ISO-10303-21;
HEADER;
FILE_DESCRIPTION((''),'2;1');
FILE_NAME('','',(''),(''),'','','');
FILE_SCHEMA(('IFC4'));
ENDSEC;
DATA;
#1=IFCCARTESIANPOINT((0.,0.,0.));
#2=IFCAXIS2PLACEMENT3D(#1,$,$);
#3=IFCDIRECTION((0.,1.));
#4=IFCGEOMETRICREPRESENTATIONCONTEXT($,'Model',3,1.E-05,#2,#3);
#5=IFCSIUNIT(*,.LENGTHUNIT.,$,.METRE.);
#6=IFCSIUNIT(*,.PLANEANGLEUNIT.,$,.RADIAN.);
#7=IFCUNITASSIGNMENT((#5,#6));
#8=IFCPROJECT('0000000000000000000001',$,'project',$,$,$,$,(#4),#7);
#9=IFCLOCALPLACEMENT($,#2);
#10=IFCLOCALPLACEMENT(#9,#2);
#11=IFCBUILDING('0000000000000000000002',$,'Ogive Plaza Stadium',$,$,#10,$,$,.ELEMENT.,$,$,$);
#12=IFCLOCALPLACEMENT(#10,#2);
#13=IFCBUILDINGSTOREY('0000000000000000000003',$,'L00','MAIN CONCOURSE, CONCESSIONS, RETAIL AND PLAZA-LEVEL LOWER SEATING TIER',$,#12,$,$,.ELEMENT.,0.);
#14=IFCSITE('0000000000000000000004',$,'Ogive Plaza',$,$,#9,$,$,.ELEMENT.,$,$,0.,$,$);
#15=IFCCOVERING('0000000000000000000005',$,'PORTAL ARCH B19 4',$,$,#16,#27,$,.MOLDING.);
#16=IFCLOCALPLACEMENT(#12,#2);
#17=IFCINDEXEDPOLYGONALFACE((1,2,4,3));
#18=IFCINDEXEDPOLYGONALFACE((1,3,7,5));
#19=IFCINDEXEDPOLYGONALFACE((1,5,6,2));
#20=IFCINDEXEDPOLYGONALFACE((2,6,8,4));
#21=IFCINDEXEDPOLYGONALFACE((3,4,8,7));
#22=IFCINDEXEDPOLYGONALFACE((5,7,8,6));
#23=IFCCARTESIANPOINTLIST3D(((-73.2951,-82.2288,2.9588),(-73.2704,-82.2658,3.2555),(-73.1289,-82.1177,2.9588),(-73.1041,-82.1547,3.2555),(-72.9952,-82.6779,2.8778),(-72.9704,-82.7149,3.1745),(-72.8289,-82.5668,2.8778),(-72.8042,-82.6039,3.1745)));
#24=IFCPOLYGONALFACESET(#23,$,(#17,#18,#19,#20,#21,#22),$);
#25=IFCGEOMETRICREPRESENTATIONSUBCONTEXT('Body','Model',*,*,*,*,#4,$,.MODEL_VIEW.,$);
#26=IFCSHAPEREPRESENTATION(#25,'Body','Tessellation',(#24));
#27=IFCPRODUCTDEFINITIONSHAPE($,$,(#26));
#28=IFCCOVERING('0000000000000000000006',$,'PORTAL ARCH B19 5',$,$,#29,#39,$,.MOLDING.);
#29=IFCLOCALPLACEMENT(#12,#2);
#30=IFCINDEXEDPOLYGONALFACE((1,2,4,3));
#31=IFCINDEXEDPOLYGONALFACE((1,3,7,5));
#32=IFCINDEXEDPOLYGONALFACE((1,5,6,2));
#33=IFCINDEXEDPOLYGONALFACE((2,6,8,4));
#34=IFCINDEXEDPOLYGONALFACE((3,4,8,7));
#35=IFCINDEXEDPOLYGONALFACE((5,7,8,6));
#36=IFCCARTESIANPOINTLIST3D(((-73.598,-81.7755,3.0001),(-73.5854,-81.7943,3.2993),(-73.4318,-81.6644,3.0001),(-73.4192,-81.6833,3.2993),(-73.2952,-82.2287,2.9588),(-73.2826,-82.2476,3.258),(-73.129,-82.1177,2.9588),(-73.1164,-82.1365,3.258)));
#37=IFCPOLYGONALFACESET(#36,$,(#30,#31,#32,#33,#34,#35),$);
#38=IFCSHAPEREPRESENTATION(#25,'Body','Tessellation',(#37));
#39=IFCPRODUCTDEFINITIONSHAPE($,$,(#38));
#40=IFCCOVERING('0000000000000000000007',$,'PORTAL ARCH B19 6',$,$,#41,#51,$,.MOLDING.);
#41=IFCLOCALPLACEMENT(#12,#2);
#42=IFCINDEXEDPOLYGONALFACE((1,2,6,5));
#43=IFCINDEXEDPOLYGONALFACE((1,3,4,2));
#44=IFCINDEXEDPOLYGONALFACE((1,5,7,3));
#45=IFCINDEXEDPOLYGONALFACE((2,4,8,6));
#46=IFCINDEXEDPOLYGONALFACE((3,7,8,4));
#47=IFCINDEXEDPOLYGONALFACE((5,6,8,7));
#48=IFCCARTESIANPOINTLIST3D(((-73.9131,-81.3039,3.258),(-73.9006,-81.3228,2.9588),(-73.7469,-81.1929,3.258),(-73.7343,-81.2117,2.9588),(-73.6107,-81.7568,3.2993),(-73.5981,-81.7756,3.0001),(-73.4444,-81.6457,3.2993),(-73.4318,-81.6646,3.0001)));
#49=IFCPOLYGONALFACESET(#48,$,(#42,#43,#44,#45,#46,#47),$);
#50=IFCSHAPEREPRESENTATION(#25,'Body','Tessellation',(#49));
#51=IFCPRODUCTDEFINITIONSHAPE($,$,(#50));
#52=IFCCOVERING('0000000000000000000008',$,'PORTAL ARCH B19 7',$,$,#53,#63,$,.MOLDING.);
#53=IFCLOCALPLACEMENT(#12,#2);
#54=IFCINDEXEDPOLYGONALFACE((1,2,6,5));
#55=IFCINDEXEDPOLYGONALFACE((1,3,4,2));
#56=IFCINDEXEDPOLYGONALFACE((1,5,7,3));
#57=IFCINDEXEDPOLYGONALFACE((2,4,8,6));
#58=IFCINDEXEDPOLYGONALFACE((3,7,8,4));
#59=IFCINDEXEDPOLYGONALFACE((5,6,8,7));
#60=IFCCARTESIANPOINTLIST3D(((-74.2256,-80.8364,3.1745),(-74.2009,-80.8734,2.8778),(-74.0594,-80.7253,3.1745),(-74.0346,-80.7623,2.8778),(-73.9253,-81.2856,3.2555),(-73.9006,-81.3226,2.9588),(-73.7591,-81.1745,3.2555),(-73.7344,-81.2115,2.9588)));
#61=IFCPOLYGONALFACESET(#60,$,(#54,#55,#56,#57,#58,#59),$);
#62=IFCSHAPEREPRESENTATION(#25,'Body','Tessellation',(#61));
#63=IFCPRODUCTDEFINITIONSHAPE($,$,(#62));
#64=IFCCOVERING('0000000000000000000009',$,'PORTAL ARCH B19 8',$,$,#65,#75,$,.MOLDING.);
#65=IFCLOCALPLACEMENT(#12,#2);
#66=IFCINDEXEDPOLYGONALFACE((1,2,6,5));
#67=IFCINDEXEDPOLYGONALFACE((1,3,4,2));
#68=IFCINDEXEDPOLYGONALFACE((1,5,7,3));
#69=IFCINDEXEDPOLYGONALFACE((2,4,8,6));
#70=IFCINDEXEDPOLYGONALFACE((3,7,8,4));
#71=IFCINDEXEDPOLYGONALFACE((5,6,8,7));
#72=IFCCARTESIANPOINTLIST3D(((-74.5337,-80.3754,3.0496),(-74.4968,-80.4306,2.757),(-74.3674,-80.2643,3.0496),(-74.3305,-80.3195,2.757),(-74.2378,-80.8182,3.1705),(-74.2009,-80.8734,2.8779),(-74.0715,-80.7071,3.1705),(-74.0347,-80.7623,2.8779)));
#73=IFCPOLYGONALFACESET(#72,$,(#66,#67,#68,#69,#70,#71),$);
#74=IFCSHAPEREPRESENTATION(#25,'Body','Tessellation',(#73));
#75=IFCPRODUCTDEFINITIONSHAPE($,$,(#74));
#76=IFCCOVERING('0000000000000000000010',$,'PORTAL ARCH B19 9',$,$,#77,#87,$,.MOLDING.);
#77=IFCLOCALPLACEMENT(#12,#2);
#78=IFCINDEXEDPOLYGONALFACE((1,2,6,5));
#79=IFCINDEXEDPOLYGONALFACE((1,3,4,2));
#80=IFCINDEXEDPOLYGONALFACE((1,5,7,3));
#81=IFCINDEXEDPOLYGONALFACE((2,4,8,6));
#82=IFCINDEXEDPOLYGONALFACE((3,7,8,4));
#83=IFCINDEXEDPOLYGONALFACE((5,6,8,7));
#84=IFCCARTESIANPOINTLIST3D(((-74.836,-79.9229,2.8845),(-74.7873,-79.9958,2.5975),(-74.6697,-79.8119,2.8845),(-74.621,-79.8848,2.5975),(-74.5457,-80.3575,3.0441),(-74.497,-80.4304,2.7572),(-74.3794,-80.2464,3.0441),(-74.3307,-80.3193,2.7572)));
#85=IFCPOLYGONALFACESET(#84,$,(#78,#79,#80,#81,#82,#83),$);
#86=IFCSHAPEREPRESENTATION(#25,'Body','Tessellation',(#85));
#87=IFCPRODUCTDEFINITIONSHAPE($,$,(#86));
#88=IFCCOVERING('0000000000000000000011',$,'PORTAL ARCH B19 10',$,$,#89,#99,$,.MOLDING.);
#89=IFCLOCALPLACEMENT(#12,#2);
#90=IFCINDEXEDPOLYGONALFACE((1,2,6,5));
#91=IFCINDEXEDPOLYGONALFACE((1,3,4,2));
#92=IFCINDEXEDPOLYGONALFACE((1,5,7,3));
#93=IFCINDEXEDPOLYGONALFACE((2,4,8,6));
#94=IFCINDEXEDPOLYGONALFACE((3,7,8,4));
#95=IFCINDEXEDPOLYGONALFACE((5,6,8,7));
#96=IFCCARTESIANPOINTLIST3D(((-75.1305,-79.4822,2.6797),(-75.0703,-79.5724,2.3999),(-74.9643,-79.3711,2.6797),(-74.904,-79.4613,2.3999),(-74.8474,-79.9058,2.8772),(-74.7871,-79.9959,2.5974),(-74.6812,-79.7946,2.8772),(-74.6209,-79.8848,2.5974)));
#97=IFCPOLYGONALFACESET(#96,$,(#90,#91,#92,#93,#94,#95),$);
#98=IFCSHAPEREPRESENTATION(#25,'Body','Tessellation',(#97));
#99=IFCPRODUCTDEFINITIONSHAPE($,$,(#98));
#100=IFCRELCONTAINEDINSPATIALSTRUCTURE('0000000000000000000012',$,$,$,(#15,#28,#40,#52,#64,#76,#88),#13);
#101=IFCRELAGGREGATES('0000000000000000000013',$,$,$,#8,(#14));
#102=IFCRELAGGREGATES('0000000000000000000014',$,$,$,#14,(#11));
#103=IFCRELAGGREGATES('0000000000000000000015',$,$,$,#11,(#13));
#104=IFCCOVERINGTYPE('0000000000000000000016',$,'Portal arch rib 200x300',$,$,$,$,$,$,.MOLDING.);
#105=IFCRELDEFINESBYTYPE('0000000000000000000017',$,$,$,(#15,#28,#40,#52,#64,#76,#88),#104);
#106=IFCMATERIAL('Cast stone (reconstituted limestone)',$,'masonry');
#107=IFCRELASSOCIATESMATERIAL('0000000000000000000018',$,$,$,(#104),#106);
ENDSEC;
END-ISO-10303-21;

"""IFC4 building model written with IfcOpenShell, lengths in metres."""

from ifc_helpers import new_model, si_unit, direction, frame, origin, origin_2d, place, context, subcontext, project, spatial, rectangle, extrude, material, material_profile, profile_set, type_object, element, save


model = new_model("IFC4")

# Units and contexts
model_context = context("Model", 3, precision=1e-05, world=origin(), true_north=direction((0.0, 1.0)))
body_context = subcontext(model_context, "Body", "Model", "MODEL_VIEW")
ifc_project = project(units=[si_unit("LENGTHUNIT", "METRE"), si_unit("PLANEANGLEUNIT", "RADIAN")], contexts=[model_context])

# Site, building, storey
site_placement = place(None, origin())
site = spatial("IfcSite", under=ifc_project, at=site_placement, Name="Ogive Plaza", CompositionType="ELEMENT", RefElevation=0.0)
building_placement = place(site_placement, origin())
building = spatial("IfcBuilding", under=site, at=building_placement, Name="Ogive Plaza Stadium", CompositionType="ELEMENT")
storey_placement = place(building_placement, origin())
storey = spatial("IfcBuildingStorey", under=building, at=storey_placement, Name="L00", Description="MAIN CONCOURSE, CONCESSIONS, RETAIL AND PLAZA-LEVEL LOWER SEATING TIER", CompositionType="ELEMENT", Elevation=0.0)

# Coverings
ifc_material_1 = material(Name="Cast stone (reconstituted limestone)", Category="masonry")
ifc_material_profile_1 = material_profile(ifc_material_1, rectangle(XDim=0.2, YDim=0.3, at=origin_2d()), Name="Cast stone 200x300")
ifc_profile_set_1 = profile_set([ifc_material_profile_1], Name="Cast stone (reconstituted limestone)")
covering_type = type_object("IfcCoveringType", Name="Portal arch rib 200x300", PredefinedType="MOLDING", material=ifc_profile_set_1)
covering_1_placement = place(storey_placement, frame((-72.8997, -82.6409, 3.0261), z_axis=(-0.549281, 0.822358, 0.148382), x_axis=(-0.831563, -0.55543, 0.0)))
element("IfcCovering", 1, at=covering_1_placement, inside=storey, type_object=covering_type, Name="PORTAL ARCH B19 4", PredefinedType="MOLDING", context=body_context, shape_type="SweptSolid", body=[
    extrude(rectangle(XDim=0.2, YDim=0.3, at=origin_2d()), origin(), (0.0, 0.0, 1.0), 0.5461),
])
covering_2_placement = place(storey_placement, frame((-73.2058, -82.1826, 3.1084), z_axis=(-0.553942, 0.829125, 0.075497), x_axis=(-0.831498, -0.555527, 0.0)))
element("IfcCovering", 2, at=covering_2_placement, inside=storey, type_object=covering_type, Name="PORTAL ARCH B19 5", PredefinedType="MOLDING", context=body_context, shape_type="SweptSolid", body=[
    extrude(rectangle(XDim=0.2, YDim=0.3, at=origin_2d()), origin(), (0.0, 0.0, 1.0), 0.5466),
])
covering_3_placement = place(storey_placement, frame((-73.5212, -81.7107, 3.1497), z_axis=(-0.553837, 0.829191, -0.075544), x_axis=(-0.831567, -0.555424, 0.0)))
element("IfcCovering", 3, at=covering_3_placement, inside=storey, type_object=covering_type, Name="PORTAL ARCH B19 6", PredefinedType="MOLDING", context=body_context, shape_type="SweptSolid", body=[
    extrude(rectangle(XDim=0.2, YDim=0.3, at=origin_2d()), origin(), (0.0, 0.0, 1.0), 0.5461),
])
covering_4_placement = place(storey_placement, frame((-73.8298, -81.2485, 3.1072), z_axis=(-0.549593, 0.822156, -0.148346), x_axis=(-0.831355, -0.555742, 0.0)))
element("IfcCovering", 4, at=covering_4_placement, inside=storey, type_object=covering_type, Name="PORTAL ARCH B19 7", PredefinedType="MOLDING", context=body_context, shape_type="SweptSolid", body=[
    extrude(rectangle(XDim=0.2, YDim=0.3, at=origin_2d()), origin(), (0.0, 0.0, 1.0), 0.5464),
])
covering_5_placement = place(storey_placement, frame((-74.1362, -80.7903, 3.0242), z_axis=(-0.541776, 0.810875, -0.22127), x_axis=(-0.831486, -0.555546, 0.0)))
element("IfcCovering", 5, at=covering_5_placement, inside=storey, type_object=covering_type, Name="PORTAL ARCH B19 8", PredefinedType="MOLDING", context=body_context, shape_type="SweptSolid", body=[
    extrude(rectangle(XDim=0.2, YDim=0.3, at=origin_2d()), origin(), (0.0, 0.0, 1.0), 0.5461),
])
for number, where, z_axis, x_axis, name in (
    (6, (-74.4382, -80.3384, 2.9006), (-0.531215, 0.795258, -0.29219), (-0.831547, -0.555455, 0.0), "PORTAL ARCH B19 9"),
    (7, (-74.7341, -79.8953, 2.7373), (-0.518234, 0.775117, -0.361424), (-0.831312, -0.555805, 0.0), "PORTAL ARCH B19 10"),
):
    element("IfcCovering", number, at=place(storey_placement, frame(where, z_axis=z_axis, x_axis=x_axis)), inside=storey, type_object=covering_type, Name=name, PredefinedType="MOLDING", context=body_context, shape_type="SweptSolid", body=[
        extrude(rectangle(XDim=0.2, YDim=0.3, at=origin_2d()), origin(), (0.0, 0.0, 1.0), 0.5464),
    ])

save(model, "model.ifc")
